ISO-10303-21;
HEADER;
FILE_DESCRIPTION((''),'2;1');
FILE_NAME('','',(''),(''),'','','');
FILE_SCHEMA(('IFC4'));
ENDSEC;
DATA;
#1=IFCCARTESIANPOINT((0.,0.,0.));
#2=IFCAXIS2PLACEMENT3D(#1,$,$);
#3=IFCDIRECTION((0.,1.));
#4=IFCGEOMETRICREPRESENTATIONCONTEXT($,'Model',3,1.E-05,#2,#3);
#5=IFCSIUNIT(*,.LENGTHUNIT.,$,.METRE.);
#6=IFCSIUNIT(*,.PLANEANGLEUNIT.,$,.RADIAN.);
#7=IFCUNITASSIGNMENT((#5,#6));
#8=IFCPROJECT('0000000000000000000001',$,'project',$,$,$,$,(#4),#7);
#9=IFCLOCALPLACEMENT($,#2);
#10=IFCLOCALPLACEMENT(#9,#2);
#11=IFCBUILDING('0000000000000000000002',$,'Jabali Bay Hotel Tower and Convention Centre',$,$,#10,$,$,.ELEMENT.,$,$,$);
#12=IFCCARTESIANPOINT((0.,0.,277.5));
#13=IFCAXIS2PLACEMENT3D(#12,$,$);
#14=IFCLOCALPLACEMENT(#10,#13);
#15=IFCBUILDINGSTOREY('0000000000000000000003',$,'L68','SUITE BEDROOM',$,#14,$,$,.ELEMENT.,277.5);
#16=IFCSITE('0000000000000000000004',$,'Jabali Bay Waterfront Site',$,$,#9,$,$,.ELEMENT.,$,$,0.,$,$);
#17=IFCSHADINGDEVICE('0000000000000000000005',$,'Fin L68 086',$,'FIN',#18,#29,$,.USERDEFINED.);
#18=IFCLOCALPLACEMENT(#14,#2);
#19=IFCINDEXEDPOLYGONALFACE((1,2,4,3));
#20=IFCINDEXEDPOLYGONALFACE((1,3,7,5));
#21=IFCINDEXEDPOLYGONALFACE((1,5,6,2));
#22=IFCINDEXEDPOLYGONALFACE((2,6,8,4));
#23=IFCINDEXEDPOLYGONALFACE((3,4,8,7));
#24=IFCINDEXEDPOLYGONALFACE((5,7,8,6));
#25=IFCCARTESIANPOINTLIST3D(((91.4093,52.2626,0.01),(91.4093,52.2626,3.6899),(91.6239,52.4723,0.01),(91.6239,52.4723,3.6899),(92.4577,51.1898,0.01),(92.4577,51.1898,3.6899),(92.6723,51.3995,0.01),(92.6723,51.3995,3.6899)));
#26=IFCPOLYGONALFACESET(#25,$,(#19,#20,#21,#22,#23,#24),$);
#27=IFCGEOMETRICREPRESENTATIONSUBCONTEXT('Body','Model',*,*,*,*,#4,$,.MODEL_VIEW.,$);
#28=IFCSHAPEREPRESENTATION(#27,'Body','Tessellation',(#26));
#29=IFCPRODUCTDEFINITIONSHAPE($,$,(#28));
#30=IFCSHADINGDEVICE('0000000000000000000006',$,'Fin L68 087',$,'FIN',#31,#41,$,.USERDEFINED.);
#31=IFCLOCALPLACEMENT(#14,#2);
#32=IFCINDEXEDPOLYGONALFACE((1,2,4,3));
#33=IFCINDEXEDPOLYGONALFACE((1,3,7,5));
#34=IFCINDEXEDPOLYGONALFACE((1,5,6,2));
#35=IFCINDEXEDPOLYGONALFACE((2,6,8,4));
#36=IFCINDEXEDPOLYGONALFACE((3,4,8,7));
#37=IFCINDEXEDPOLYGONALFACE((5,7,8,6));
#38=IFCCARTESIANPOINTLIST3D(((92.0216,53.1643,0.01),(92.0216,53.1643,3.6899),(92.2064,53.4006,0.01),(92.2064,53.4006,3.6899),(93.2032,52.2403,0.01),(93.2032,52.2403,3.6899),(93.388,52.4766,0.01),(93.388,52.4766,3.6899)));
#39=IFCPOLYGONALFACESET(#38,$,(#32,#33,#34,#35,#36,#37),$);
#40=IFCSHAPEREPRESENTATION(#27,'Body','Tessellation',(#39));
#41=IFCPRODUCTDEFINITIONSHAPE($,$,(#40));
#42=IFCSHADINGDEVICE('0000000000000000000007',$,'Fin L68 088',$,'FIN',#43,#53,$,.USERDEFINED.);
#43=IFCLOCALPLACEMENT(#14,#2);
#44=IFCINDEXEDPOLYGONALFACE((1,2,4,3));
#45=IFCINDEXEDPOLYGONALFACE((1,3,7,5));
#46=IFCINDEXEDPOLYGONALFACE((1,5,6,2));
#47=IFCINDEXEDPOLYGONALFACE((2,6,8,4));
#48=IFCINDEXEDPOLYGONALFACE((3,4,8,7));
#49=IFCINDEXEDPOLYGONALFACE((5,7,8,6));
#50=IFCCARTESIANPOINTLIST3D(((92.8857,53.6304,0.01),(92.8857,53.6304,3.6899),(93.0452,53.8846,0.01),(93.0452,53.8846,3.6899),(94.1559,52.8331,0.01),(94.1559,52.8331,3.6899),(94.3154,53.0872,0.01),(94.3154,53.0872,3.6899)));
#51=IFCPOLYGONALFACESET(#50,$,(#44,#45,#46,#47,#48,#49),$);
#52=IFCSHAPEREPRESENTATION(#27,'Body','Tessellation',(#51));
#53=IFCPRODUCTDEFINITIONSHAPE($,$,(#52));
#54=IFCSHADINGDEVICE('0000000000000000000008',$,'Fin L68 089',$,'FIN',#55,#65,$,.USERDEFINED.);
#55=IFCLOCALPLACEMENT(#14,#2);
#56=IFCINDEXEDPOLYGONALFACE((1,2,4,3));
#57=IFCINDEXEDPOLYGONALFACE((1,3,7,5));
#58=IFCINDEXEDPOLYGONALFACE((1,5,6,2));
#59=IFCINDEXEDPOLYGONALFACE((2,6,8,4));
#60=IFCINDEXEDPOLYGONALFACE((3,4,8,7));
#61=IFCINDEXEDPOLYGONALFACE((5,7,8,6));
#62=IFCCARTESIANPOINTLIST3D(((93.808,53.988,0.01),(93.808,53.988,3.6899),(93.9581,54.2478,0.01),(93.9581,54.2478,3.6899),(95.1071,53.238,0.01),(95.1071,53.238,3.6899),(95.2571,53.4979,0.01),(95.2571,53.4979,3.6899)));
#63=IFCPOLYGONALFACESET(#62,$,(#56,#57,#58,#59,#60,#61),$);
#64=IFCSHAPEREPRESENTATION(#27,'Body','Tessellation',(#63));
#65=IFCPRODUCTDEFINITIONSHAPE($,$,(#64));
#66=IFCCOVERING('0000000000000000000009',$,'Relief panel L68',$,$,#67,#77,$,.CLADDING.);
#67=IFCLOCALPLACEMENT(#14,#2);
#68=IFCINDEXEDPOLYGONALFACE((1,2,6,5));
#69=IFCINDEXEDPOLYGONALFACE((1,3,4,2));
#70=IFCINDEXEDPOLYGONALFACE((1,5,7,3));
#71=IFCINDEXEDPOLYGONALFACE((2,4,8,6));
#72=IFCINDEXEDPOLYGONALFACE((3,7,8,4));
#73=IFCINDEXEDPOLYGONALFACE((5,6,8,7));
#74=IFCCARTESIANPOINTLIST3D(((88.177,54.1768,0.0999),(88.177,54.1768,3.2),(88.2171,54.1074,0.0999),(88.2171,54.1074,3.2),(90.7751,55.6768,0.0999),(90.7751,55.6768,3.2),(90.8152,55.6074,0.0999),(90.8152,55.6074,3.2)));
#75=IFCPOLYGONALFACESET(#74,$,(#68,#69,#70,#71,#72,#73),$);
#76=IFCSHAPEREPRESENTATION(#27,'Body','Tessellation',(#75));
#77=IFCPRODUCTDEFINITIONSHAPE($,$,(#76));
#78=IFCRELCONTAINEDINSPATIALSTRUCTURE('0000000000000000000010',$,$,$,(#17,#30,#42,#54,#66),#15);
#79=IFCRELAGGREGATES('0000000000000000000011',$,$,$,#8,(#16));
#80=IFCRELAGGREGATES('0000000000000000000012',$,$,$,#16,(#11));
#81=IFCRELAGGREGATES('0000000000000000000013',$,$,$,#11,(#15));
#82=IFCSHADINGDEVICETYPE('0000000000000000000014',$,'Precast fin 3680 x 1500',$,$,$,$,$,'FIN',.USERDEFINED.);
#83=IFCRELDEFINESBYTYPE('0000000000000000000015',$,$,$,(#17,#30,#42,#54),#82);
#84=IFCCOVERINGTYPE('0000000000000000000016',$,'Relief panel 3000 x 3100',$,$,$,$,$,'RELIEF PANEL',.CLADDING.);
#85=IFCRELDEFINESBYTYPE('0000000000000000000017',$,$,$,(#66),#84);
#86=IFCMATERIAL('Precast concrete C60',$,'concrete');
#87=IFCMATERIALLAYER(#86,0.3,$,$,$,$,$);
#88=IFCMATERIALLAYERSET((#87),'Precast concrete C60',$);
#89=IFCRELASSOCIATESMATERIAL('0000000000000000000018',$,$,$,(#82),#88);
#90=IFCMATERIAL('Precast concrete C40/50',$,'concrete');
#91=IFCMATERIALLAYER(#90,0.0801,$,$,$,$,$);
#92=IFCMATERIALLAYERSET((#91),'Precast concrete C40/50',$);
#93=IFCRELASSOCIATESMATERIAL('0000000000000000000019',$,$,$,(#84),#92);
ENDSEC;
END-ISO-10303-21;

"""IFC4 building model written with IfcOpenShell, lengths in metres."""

from ifc_helpers import new_model, si_unit, direction, frame, frame_2d, origin, origin_2d, place, context, subcontext, project, spatial, rectangle, extrude, material, layer, layer_set, type_object, element, save


model = new_model("IFC4")

# Units and contexts
model_context = context("Model", 3, precision=1e-05, world=origin(), true_north=direction((0.0, 1.0)))
body_context = subcontext(model_context, "Body", "Model", "MODEL_VIEW")
ifc_project = project(units=[si_unit("LENGTHUNIT", "METRE"), si_unit("PLANEANGLEUNIT", "RADIAN")], contexts=[model_context])

# Site, building, storey
site_placement = place(None, origin())
site = spatial("IfcSite", under=ifc_project, at=site_placement, Name="Jabali Bay Waterfront Site", CompositionType="ELEMENT", RefElevation=0.0)
building_placement = place(site_placement, origin())
building = spatial("IfcBuilding", under=site, at=building_placement, Name="Jabali Bay Hotel Tower and Convention Centre", CompositionType="ELEMENT")
storey_placement = place(building_placement, frame((0.0, 0.0, 277.5)))
storey = spatial("IfcBuildingStorey", under=building, at=storey_placement, Name="L68", Description="SUITE BEDROOM", CompositionType="ELEMENT", Elevation=277.5)

# Shading devices
ifc_material_1 = material(Name="Precast concrete C60", Category="concrete")
ifc_layer_1 = layer(ifc_material_1, 0.3)
ifc_layer_set_1 = layer_set([ifc_layer_1], Name="Precast concrete C60")
shading_device_type_1 = type_object("IfcShadingDeviceType", Name="Precast fin 3680 x 1500", ElementType="FIN", PredefinedType="USERDEFINED", material=ifc_layer_set_1)
for number, where, z_axis, x_axis, name in (
    (1, (91.5166, 52.3674, 0.01), (0.0, 0.0, 1.0), (0.698922, -0.715198, 0.0), "Fin L68 086"),
    (2, (92.114, 53.2825, 0.01), (0.0, 0.0, 1.0), (0.787728, -0.616023, 0.0), "Fin L68 087"),
):
    element("IfcShadingDevice", number, at=place(storey_placement, frame(where, z_axis=z_axis, x_axis=x_axis)), inside=storey, type_object=shading_device_type_1, Name=name, ObjectType="FIN", PredefinedType="USERDEFINED", context=body_context, shape_type="SweptSolid", body=[
        extrude(rectangle(XDim=1.5, YDim=0.3, at=frame_2d((0.75, 0.0))), origin(), (0.0, 0.0, 1.0), 3.6799),
    ])
shading_device_1_placement = place(storey_placement, frame((92.9653, 53.7576, 0.01), z_axis=(0.0, 0.0, 1.0), x_axis=(0.846963, -0.531651, 0.0)))
element("IfcShadingDevice", 3, at=shading_device_1_placement, inside=storey, type_object=shading_device_type_1, Name="Fin L68 088", ObjectType="FIN", PredefinedType="USERDEFINED", context=body_context, shape_type="SweptSolid", body=[
    extrude(rectangle(XDim=1.4998, YDim=0.3, at=frame_2d((0.75, 0.0))), origin(), (0.0, 0.0, 1.0), 3.6799),
])
shading_device_2_placement = place(storey_placement, frame((93.8831, 54.1179, 0.01), z_axis=(0.0, 0.0, 1.0), x_axis=(0.866031, -0.49999, 0.0)))
element("IfcShadingDevice", 4, at=shading_device_2_placement, inside=storey, type_object=shading_device_type_1, Name="Fin L68 089", ObjectType="FIN", PredefinedType="USERDEFINED", context=body_context, shape_type="SweptSolid", body=[
    extrude(rectangle(XDim=1.5, YDim=0.3, at=frame_2d((0.75, 0.0))), origin(), (0.0, 0.0, 1.0), 3.6799),
])

# Covering
ifc_material_2 = material(Name="Precast concrete C40/50", Category="concrete")
ifc_layer_2 = layer(ifc_material_2, 0.0801)
ifc_layer_set_2 = layer_set([ifc_layer_2], Name="Precast concrete C40/50")
covering_type = type_object("IfcCoveringType", Name="Relief panel 3000 x 3100", ElementType="RELIEF PANEL", PredefinedType="CLADDING", material=ifc_layer_set_2)
covering_placement = place(storey_placement, frame((89.4961, 54.8921, 0.0999), z_axis=(0.0, 0.0, 1.0), x_axis=(-0.866025, -0.5, 0.0)))
element("IfcCovering", 5, at=covering_placement, inside=storey, type_object=covering_type, Name="Relief panel L68", PredefinedType="CLADDING", context=body_context, shape_type="SweptSolid", body=[
    extrude(rectangle(XDim=3.0, YDim=0.0801, at=origin_2d()), origin(), (0.0, 0.0, 1.0), 3.1001),
])

save(model, "model.ifc")
